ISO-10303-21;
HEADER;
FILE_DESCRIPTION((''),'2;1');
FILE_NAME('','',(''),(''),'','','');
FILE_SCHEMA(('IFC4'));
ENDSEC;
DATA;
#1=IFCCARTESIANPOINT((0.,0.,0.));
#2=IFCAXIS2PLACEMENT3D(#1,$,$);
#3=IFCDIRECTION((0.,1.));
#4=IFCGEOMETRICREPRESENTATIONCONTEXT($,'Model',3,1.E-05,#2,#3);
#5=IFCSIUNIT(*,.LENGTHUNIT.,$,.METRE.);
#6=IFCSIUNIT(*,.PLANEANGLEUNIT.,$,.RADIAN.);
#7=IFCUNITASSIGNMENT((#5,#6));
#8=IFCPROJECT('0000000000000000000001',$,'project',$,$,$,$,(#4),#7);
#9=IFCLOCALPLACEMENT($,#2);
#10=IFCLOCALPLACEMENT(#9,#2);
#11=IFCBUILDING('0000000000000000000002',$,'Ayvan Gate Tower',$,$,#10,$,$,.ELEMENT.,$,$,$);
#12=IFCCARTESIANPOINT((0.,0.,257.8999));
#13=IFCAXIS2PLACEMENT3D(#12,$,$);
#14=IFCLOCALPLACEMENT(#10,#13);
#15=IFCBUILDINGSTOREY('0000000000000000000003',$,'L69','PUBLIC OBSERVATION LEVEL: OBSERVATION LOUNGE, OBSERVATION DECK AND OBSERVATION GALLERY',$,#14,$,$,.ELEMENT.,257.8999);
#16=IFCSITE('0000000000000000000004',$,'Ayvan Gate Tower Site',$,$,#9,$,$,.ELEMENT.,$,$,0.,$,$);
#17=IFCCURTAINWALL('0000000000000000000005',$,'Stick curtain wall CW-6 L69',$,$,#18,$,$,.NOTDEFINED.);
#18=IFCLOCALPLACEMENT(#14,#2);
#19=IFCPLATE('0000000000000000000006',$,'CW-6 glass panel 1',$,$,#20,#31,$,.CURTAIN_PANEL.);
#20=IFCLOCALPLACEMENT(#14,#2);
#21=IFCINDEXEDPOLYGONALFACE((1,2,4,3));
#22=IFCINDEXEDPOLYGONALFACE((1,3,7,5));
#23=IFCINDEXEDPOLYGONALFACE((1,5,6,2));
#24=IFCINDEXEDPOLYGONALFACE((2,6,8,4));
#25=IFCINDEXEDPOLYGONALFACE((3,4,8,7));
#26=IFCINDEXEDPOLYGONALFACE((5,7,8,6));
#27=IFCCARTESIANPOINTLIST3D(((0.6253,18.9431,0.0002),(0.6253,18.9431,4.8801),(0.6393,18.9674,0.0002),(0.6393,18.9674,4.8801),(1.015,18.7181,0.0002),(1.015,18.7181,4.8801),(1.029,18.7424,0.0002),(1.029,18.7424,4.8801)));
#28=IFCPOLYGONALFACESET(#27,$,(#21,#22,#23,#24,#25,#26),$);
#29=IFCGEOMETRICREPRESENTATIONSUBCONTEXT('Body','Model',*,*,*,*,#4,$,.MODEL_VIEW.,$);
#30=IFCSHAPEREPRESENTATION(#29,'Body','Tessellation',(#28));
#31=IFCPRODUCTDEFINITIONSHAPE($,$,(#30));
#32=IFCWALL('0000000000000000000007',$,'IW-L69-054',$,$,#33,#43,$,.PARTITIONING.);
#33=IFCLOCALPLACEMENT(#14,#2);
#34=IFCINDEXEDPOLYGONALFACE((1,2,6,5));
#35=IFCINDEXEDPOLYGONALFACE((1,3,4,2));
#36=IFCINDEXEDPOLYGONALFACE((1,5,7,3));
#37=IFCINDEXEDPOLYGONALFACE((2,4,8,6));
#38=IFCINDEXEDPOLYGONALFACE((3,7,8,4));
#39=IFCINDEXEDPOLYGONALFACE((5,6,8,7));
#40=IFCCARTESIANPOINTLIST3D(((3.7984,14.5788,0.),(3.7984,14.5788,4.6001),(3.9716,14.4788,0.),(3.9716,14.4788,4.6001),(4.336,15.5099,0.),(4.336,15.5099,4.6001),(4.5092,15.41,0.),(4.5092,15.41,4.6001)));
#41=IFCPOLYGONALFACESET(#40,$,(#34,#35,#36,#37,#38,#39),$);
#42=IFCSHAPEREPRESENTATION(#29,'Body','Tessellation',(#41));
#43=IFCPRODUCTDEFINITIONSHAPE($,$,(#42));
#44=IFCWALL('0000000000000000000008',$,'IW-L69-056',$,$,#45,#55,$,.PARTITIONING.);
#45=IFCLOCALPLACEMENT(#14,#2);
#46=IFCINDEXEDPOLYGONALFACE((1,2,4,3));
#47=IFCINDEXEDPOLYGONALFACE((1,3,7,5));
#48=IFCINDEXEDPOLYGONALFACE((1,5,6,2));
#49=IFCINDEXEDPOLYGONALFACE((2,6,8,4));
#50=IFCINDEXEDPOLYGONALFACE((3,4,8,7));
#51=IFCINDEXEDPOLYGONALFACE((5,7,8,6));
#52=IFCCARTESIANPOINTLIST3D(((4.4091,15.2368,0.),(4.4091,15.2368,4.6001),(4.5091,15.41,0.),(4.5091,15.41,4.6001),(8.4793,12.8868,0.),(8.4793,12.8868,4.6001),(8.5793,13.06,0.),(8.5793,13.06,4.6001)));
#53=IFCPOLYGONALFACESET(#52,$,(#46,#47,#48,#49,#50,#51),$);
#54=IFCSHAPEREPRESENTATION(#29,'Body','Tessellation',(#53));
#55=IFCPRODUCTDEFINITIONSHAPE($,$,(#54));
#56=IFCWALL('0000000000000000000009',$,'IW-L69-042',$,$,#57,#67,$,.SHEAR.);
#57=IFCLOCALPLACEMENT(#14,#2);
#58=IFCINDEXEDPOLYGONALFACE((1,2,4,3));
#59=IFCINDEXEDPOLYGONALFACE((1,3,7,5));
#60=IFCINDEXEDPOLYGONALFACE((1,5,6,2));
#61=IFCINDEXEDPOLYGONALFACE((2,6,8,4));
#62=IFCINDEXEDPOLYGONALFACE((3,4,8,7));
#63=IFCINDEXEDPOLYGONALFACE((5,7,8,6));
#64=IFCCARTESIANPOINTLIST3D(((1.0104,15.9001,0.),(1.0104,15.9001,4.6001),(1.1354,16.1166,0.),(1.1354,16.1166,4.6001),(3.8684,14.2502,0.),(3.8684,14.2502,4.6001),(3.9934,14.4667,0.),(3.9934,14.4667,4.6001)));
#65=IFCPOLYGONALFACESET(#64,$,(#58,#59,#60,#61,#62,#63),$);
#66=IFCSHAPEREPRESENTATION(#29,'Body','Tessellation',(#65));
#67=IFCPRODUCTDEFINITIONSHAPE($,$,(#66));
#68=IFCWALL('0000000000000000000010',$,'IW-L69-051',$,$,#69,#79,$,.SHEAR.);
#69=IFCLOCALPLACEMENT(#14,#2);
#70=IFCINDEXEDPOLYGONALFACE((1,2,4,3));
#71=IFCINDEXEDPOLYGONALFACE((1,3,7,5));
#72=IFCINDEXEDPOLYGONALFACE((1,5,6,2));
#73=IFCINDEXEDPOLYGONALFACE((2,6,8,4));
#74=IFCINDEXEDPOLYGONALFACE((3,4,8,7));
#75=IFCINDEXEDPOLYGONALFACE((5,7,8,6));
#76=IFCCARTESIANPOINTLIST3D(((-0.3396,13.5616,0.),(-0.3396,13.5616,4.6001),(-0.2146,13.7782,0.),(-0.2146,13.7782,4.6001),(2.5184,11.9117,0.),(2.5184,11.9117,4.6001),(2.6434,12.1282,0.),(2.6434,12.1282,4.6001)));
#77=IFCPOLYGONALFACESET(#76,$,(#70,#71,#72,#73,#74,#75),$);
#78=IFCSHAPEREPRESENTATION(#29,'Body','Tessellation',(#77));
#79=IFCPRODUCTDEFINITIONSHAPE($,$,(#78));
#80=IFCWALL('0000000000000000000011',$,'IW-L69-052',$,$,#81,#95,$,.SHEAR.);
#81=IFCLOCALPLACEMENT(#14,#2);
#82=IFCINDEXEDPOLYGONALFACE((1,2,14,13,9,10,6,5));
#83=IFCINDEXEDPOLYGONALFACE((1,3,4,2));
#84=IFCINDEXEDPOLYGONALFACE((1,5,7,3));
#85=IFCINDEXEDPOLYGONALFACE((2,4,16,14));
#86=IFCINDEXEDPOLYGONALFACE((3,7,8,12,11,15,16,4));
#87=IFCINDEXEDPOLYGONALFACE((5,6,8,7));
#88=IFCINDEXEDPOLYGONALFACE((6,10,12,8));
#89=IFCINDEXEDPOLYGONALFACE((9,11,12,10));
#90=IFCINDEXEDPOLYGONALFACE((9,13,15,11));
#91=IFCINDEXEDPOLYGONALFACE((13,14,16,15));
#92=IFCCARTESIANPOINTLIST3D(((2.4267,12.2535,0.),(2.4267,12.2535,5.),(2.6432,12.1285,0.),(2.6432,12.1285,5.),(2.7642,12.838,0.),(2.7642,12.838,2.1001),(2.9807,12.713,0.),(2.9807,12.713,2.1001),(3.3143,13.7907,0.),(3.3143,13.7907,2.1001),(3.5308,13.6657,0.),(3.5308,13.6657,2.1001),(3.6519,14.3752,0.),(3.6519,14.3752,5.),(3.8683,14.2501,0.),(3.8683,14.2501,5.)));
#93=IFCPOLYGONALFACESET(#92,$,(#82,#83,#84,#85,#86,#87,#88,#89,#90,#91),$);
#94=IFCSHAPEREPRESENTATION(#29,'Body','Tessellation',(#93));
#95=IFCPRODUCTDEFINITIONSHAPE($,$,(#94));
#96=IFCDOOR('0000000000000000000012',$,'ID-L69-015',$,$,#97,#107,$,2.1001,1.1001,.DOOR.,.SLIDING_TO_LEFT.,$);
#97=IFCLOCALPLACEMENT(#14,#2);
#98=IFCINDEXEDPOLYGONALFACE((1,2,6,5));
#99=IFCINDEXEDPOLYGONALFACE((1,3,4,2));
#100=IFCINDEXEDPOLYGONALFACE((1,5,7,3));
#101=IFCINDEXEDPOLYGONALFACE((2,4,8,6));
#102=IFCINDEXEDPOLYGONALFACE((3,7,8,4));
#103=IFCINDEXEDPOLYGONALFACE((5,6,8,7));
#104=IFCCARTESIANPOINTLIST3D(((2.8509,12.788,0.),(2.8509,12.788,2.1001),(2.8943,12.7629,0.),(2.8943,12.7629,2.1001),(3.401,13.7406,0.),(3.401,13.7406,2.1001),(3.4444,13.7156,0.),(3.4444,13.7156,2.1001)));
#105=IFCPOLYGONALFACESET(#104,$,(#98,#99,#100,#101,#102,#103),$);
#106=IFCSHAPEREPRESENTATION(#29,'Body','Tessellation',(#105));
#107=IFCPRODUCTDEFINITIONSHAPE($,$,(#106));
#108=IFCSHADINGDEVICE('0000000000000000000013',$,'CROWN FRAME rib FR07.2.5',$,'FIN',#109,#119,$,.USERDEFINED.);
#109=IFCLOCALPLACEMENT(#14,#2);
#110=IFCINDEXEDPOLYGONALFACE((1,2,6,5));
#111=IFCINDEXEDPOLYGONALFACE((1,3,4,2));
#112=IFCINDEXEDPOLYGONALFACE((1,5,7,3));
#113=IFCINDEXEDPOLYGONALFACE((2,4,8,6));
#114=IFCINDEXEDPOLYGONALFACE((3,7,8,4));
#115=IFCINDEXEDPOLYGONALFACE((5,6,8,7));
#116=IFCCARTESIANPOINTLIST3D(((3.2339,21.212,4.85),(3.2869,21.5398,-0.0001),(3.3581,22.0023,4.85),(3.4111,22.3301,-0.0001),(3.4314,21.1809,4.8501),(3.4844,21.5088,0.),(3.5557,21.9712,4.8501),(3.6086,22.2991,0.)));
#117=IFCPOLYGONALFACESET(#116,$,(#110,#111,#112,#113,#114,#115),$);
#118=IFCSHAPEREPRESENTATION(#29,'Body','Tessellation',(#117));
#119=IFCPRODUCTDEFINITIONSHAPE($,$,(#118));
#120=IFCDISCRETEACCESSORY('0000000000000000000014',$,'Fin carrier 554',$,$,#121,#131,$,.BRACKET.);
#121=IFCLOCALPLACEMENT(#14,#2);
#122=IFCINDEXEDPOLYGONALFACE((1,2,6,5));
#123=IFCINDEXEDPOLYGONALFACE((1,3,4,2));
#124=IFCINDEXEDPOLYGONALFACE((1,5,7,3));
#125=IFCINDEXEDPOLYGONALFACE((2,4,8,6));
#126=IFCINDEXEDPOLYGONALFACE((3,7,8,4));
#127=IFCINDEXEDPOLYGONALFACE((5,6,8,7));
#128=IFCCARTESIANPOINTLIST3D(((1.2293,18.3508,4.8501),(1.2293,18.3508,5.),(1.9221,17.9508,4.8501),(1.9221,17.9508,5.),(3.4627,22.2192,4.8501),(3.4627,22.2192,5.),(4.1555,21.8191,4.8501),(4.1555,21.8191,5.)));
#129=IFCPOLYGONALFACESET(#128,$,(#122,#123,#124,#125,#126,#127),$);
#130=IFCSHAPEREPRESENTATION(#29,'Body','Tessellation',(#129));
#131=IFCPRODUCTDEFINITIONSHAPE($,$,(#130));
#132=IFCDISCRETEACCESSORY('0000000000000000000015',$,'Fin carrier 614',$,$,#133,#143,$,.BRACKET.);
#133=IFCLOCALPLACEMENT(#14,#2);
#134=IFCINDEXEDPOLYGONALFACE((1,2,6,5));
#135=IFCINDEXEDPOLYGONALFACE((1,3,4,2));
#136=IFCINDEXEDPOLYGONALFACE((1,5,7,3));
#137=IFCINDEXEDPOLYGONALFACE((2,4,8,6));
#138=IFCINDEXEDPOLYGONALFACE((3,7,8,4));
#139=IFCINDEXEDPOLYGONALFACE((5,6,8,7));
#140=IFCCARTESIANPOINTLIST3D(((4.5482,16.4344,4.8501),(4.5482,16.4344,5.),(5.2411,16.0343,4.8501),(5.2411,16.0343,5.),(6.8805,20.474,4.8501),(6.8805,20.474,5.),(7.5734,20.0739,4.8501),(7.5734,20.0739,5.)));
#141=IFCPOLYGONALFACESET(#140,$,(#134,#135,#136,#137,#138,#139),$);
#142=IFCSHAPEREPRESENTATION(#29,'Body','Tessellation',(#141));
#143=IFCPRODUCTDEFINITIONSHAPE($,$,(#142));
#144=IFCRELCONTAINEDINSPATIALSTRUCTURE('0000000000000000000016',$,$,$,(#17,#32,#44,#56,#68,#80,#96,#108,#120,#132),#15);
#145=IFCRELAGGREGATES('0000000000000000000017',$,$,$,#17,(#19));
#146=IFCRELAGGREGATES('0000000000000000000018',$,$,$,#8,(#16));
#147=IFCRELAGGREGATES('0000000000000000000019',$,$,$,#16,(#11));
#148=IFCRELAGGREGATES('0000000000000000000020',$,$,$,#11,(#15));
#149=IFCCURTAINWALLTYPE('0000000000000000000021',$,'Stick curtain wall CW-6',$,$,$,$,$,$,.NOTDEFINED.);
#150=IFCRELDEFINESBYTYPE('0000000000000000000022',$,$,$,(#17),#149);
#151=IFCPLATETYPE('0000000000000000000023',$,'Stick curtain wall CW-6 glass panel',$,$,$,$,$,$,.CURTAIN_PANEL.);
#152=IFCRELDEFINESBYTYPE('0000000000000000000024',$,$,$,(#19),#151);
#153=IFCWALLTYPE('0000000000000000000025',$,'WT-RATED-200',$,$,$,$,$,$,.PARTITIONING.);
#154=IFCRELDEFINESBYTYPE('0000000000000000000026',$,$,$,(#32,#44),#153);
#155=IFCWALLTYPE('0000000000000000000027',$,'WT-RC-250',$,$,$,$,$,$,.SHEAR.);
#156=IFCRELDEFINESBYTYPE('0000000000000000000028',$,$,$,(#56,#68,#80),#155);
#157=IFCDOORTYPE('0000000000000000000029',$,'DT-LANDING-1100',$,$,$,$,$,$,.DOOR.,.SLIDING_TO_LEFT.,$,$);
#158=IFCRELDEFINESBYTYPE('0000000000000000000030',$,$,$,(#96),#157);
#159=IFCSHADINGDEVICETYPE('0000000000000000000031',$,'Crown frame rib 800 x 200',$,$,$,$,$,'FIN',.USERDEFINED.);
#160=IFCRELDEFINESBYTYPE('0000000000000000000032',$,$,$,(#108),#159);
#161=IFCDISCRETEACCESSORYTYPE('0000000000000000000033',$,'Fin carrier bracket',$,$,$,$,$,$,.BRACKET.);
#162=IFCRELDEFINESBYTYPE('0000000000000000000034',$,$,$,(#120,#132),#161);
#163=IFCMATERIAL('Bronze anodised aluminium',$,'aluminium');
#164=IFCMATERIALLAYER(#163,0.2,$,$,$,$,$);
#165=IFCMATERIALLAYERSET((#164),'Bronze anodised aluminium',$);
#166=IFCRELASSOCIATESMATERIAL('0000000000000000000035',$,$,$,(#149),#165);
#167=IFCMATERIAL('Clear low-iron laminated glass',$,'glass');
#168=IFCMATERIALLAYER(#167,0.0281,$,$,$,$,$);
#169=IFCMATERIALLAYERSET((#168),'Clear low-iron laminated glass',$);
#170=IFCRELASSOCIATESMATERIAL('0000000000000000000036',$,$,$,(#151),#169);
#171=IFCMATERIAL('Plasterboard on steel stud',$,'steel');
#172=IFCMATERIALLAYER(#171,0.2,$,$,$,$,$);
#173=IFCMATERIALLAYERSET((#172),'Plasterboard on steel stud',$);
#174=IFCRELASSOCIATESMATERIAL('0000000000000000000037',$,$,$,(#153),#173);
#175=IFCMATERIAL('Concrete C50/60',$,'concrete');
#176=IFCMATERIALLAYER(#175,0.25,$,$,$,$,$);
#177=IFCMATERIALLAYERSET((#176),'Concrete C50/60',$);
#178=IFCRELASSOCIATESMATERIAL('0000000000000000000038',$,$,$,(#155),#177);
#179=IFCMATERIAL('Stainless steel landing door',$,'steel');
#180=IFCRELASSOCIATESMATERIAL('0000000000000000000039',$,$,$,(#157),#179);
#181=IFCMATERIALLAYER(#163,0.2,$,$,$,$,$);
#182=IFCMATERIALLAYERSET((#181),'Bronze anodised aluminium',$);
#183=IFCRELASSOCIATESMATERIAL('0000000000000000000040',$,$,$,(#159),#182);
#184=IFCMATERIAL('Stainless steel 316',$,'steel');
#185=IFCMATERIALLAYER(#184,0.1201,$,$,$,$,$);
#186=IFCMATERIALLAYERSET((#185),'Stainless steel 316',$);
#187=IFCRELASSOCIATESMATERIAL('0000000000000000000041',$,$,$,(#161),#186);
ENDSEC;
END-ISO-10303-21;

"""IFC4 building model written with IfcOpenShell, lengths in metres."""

from ifc_helpers import new_model, si_unit, direction, frame, frame_2d, origin, origin_2d, place, context, subcontext, project, spatial, polyline, rectangle, outline, extrude, material, layer, layer_set, type_object, element, fill, aggregate, save


model = new_model("IFC4")

# Units and contexts
model_context = context("Model", 3, precision=1e-05, world=origin(), true_north=direction((0.0, 1.0)))
body_context = subcontext(model_context, "Body", "Model", "MODEL_VIEW")
ifc_project = project(units=[si_unit("LENGTHUNIT", "METRE"), si_unit("PLANEANGLEUNIT", "RADIAN")], contexts=[model_context])

# Site, building, storey
site_placement = place(None, origin())
site = spatial("IfcSite", under=ifc_project, at=site_placement, Name="Ayvan Gate Tower Site", CompositionType="ELEMENT", RefElevation=0.0)
building_placement = place(site_placement, origin())
building = spatial("IfcBuilding", under=site, at=building_placement, Name="Ayvan Gate Tower", CompositionType="ELEMENT")
storey_placement = place(building_placement, frame((0.0, 0.0, 257.8999)))
storey = spatial("IfcBuildingStorey", under=building, at=storey_placement, Name="L69", Description="PUBLIC OBSERVATION LEVEL: OBSERVATION LOUNGE, OBSERVATION DECK AND OBSERVATION GALLERY", CompositionType="ELEMENT", Elevation=257.8999)

# Shared definitions
ifc_material_1 = material(Name="Concrete C50/60", Category="concrete")

# Curtain wall
ifc_material_2 = material(Name="Bronze anodised aluminium", Category="aluminium")
ifc_layer_1 = layer(ifc_material_2, 0.2)
ifc_layer_set_1 = layer_set([ifc_layer_1], Name="Bronze anodised aluminium")
curtain_wall_type_1 = type_object("IfcCurtainWallType", Name="Stick curtain wall CW-6", PredefinedType="NOTDEFINED", material=ifc_layer_set_1)
curtain_wall_1_placement = place(storey_placement, origin())
curtain_wall_1 = element("IfcCurtainWall", 1, at=curtain_wall_1_placement, inside=storey, type_object=curtain_wall_type_1, Name="Stick curtain wall CW-6 L69", PredefinedType="NOTDEFINED")

# Plate
ifc_material_3 = material(Name="Clear low-iron laminated glass", Category="glass")
ifc_layer_2 = layer(ifc_material_3, 0.0281)
ifc_layer_set_2 = layer_set([ifc_layer_2], Name="Clear low-iron laminated glass")
plate_type_1 = type_object("IfcPlateType", Name="Stick curtain wall CW-6 glass panel", PredefinedType="CURTAIN_PANEL", material=ifc_layer_set_2)
plate_1_placement = place(storey_placement, frame((0.8271, 18.8428, 0.0002), z_axis=(0.0, 0.0, 1.0), x_axis=(-0.866025, 0.5, 0.0)))
plate_1 = element("IfcPlate", 2, at=plate_1_placement, type_object=plate_type_1, Name="CW-6 glass panel 1", PredefinedType="CURTAIN_PANEL", context=body_context, shape_type="SweptSolid", body=[
    extrude(rectangle(XDim=0.45, YDim=0.0281, at=origin_2d()), origin(), (0.0, 0.0, 1.0), 4.8799),
])
aggregate(curtain_wall_1, [plate_1])

# Walls
ifc_material_4 = material(Name="Plasterboard on steel stud", Category="steel")
ifc_layer_3 = layer(ifc_material_4, 0.2)
ifc_layer_set_3 = layer_set([ifc_layer_3], Name="Plasterboard on steel stud")
wall_type_1 = type_object("IfcWallType", Name="WT-RATED-200", PredefinedType="PARTITIONING", material=ifc_layer_set_3)
wall_1_placement = place(storey_placement, frame((3.885, 14.5288, 0.0), z_axis=(0.0, 0.0, 1.0), x_axis=(0.499998, 0.866027, 0.0)))
element("IfcWall", 3, at=wall_1_placement, inside=storey, type_object=wall_type_1, Name="IW-L69-054", PredefinedType="PARTITIONING", context=body_context, shape_type="SweptSolid", body=[
    extrude(rectangle(XDim=1.0752, YDim=0.2, at=frame_2d((0.5376, 0.0))), origin(), (0.0, 0.0, 1.0), 4.6001),
])
wall_2_placement = place(storey_placement, frame((4.459, 15.3235, 0.0), z_axis=(0.0, 0.0, 1.0), x_axis=(0.866016, -0.500016, 0.0)))
element("IfcWall", 4, at=wall_2_placement, inside=storey, type_object=wall_type_1, Name="IW-L69-056", PredefinedType="PARTITIONING", context=body_context, shape_type="SweptSolid", body=[
    extrude(rectangle(XDim=4.7, YDim=0.2, at=frame_2d((2.3501, 0.0))), origin(), (0.0, 0.0, 1.0), 4.6001),
])
ifc_layer_4 = layer(ifc_material_1, 0.25)
ifc_layer_set_4 = layer_set([ifc_layer_4], Name="Concrete C50/60")
wall_type_2 = type_object("IfcWallType", Name="WT-RC-250", PredefinedType="SHEAR", material=ifc_layer_set_4)
for number, where, z_axis, x_axis, name in (
    (5, (1.073, 16.0083, 0.0), (0.0, 0.0, 1.0), (0.86604, -0.499974, 0.0), "IW-L69-042"),
    (6, (2.5808, 12.02, 0.0), (0.0, 0.0, 1.0), (-0.86604, 0.499974, 0.0), "IW-L69-051"),
):
    element("IfcWall", number, at=place(storey_placement, frame(where, z_axis=z_axis, x_axis=x_axis)), inside=storey, type_object=wall_type_2, Name=name, PredefinedType="SHEAR", context=body_context, shape_type="SweptSolid", body=[
        extrude(rectangle(XDim=3.3, YDim=0.25, at=frame_2d((1.6499, 0.0))), origin(), (0.0, 0.0, 1.0), 4.6001),
    ])

# Wall, opening, door
wall_3_placement = place(storey_placement, frame((2.5349, 12.1909, 0.0), z_axis=(0.0, 0.0, 1.0), x_axis=(0.500062, 0.86599, 0.0)))
wall_3 = element("IfcWall", 7, at=wall_3_placement, inside=storey, type_object=wall_type_2, Name="IW-L69-052", PredefinedType="SHEAR", context=body_context, shape_type="SweptSolid", body=[
    extrude(rectangle(XDim=2.45, YDim=0.25, at=frame_2d((1.2251, 0.0))), origin(), (0.0, 0.0, 1.0), 5.0),
])
opening_placement = place(wall_3_placement, frame((0.675, 0.0, 0.0)))
opening = element("IfcOpeningElement", 8, at=opening_placement, cuts=wall_3, PredefinedType="OPENING", context=body_context, shape_type="SweptSolid", body=[
    extrude(rectangle(XDim=1.1001, YDim=2.1001, at=frame_2d((0.55, 1.05))), frame((0.0, 0.135, 0.0), z_axis=(0.0, -1.0, 0.0), x_axis=(1.0, 0.0, 0.0)), (0.0, 0.0, 1.0), 0.27),
])
ifc_material_5 = material(Name="Stainless steel landing door", Category="steel")
door_type = type_object("IfcDoorType", Name="DT-LANDING-1100", OperationType="SLIDING_TO_LEFT", PredefinedType="DOOR", material=ifc_material_5)
door_placement = place(opening_placement, origin())
door = element("IfcDoor", 9, at=door_placement, inside=storey, type_object=door_type, Name="ID-L69-015", OperationType="SLIDING_TO_LEFT", OverallHeight=2.1001, OverallWidth=1.1001, PredefinedType="DOOR", context=body_context, shape_type="SweptSolid", body=[
    extrude(rectangle(XDim=1.1001, YDim=2.1001, at=frame_2d((0.55, 1.05))), frame((0.0, 0.0249, 0.0), z_axis=(0.0, -1.0, 0.0), x_axis=(1.0, 0.0, 0.0)), (0.0, 0.0, 1.0), 0.05),
])
fill(opening, door)

# Shading device
ifc_layer_5 = layer(ifc_material_2, 0.2)
ifc_layer_set_5 = layer_set([ifc_layer_5], Name="Bronze anodised aluminium")
shading_device_type = type_object("IfcShadingDeviceType", Name="Crown frame rib 800 x 200", ElementType="FIN", PredefinedType="USERDEFINED", material=ifc_layer_set_5)
shading_device_placement = place(storey_placement, frame((3.4844, 21.5088, 0.0), z_axis=(0.987862, -0.155336, 0.000289), x_axis=(0.155336, 0.987862, 0.0)))
element("IfcShadingDevice", 10, at=shading_device_placement, inside=storey, type_object=shading_device_type, Name="CROWN FRAME rib FR07.2.5", ObjectType="FIN", PredefinedType="USERDEFINED", context=body_context, shape_type="SweptSolid", body=[
    extrude(outline(polyline([(0.0, 0.0), (0.8, 0.0), (0.4679, 4.8501), (-0.3321, 4.8501), (0.0, 0.0)])), origin(), (0.0, 0.0, -1.0), 0.2),
])

# Discrete accessories
ifc_material_6 = material(Name="Stainless steel 316", Category="steel")
ifc_layer_6 = layer(ifc_material_6, 0.1201)
ifc_layer_set_6 = layer_set([ifc_layer_6], Name="Stainless steel 316")
discrete_accessory_type = type_object("IfcDiscreteAccessoryType", Name="Fin carrier bracket", PredefinedType="BRACKET", material=ifc_layer_set_6)
discrete_accessory_1_placement = place(storey_placement, frame((2.6924, 20.085, 4.8501), z_axis=(0.0, 0.0, 1.0), x_axis=(-0.866025, 0.5, 0.0)))
element("IfcDiscreteAccessory", 11, at=discrete_accessory_1_placement, inside=storey, type_object=discrete_accessory_type, Name="Fin carrier 554", PredefinedType="BRACKET", context=body_context, shape_type="SweptSolid", body=[
    extrude(rectangle(XDim=0.8, YDim=4.4668, at=origin_2d()), origin(), (0.0, 0.0, 1.0), 0.1499),
])
discrete_accessory_2_placement = place(storey_placement, frame((6.0608, 18.2542, 4.8501), z_axis=(0.0, 0.0, 1.0), x_axis=(-0.866025, 0.5, 0.0)))
element("IfcDiscreteAccessory", 12, at=discrete_accessory_2_placement, inside=storey, type_object=discrete_accessory_type, Name="Fin carrier 614", PredefinedType="BRACKET", context=body_context, shape_type="SweptSolid", body=[
    extrude(rectangle(XDim=0.8, YDim=4.6646, at=origin_2d()), origin(), (0.0, 0.0, 1.0), 0.1499),
])

save(model, "model.ifc")
